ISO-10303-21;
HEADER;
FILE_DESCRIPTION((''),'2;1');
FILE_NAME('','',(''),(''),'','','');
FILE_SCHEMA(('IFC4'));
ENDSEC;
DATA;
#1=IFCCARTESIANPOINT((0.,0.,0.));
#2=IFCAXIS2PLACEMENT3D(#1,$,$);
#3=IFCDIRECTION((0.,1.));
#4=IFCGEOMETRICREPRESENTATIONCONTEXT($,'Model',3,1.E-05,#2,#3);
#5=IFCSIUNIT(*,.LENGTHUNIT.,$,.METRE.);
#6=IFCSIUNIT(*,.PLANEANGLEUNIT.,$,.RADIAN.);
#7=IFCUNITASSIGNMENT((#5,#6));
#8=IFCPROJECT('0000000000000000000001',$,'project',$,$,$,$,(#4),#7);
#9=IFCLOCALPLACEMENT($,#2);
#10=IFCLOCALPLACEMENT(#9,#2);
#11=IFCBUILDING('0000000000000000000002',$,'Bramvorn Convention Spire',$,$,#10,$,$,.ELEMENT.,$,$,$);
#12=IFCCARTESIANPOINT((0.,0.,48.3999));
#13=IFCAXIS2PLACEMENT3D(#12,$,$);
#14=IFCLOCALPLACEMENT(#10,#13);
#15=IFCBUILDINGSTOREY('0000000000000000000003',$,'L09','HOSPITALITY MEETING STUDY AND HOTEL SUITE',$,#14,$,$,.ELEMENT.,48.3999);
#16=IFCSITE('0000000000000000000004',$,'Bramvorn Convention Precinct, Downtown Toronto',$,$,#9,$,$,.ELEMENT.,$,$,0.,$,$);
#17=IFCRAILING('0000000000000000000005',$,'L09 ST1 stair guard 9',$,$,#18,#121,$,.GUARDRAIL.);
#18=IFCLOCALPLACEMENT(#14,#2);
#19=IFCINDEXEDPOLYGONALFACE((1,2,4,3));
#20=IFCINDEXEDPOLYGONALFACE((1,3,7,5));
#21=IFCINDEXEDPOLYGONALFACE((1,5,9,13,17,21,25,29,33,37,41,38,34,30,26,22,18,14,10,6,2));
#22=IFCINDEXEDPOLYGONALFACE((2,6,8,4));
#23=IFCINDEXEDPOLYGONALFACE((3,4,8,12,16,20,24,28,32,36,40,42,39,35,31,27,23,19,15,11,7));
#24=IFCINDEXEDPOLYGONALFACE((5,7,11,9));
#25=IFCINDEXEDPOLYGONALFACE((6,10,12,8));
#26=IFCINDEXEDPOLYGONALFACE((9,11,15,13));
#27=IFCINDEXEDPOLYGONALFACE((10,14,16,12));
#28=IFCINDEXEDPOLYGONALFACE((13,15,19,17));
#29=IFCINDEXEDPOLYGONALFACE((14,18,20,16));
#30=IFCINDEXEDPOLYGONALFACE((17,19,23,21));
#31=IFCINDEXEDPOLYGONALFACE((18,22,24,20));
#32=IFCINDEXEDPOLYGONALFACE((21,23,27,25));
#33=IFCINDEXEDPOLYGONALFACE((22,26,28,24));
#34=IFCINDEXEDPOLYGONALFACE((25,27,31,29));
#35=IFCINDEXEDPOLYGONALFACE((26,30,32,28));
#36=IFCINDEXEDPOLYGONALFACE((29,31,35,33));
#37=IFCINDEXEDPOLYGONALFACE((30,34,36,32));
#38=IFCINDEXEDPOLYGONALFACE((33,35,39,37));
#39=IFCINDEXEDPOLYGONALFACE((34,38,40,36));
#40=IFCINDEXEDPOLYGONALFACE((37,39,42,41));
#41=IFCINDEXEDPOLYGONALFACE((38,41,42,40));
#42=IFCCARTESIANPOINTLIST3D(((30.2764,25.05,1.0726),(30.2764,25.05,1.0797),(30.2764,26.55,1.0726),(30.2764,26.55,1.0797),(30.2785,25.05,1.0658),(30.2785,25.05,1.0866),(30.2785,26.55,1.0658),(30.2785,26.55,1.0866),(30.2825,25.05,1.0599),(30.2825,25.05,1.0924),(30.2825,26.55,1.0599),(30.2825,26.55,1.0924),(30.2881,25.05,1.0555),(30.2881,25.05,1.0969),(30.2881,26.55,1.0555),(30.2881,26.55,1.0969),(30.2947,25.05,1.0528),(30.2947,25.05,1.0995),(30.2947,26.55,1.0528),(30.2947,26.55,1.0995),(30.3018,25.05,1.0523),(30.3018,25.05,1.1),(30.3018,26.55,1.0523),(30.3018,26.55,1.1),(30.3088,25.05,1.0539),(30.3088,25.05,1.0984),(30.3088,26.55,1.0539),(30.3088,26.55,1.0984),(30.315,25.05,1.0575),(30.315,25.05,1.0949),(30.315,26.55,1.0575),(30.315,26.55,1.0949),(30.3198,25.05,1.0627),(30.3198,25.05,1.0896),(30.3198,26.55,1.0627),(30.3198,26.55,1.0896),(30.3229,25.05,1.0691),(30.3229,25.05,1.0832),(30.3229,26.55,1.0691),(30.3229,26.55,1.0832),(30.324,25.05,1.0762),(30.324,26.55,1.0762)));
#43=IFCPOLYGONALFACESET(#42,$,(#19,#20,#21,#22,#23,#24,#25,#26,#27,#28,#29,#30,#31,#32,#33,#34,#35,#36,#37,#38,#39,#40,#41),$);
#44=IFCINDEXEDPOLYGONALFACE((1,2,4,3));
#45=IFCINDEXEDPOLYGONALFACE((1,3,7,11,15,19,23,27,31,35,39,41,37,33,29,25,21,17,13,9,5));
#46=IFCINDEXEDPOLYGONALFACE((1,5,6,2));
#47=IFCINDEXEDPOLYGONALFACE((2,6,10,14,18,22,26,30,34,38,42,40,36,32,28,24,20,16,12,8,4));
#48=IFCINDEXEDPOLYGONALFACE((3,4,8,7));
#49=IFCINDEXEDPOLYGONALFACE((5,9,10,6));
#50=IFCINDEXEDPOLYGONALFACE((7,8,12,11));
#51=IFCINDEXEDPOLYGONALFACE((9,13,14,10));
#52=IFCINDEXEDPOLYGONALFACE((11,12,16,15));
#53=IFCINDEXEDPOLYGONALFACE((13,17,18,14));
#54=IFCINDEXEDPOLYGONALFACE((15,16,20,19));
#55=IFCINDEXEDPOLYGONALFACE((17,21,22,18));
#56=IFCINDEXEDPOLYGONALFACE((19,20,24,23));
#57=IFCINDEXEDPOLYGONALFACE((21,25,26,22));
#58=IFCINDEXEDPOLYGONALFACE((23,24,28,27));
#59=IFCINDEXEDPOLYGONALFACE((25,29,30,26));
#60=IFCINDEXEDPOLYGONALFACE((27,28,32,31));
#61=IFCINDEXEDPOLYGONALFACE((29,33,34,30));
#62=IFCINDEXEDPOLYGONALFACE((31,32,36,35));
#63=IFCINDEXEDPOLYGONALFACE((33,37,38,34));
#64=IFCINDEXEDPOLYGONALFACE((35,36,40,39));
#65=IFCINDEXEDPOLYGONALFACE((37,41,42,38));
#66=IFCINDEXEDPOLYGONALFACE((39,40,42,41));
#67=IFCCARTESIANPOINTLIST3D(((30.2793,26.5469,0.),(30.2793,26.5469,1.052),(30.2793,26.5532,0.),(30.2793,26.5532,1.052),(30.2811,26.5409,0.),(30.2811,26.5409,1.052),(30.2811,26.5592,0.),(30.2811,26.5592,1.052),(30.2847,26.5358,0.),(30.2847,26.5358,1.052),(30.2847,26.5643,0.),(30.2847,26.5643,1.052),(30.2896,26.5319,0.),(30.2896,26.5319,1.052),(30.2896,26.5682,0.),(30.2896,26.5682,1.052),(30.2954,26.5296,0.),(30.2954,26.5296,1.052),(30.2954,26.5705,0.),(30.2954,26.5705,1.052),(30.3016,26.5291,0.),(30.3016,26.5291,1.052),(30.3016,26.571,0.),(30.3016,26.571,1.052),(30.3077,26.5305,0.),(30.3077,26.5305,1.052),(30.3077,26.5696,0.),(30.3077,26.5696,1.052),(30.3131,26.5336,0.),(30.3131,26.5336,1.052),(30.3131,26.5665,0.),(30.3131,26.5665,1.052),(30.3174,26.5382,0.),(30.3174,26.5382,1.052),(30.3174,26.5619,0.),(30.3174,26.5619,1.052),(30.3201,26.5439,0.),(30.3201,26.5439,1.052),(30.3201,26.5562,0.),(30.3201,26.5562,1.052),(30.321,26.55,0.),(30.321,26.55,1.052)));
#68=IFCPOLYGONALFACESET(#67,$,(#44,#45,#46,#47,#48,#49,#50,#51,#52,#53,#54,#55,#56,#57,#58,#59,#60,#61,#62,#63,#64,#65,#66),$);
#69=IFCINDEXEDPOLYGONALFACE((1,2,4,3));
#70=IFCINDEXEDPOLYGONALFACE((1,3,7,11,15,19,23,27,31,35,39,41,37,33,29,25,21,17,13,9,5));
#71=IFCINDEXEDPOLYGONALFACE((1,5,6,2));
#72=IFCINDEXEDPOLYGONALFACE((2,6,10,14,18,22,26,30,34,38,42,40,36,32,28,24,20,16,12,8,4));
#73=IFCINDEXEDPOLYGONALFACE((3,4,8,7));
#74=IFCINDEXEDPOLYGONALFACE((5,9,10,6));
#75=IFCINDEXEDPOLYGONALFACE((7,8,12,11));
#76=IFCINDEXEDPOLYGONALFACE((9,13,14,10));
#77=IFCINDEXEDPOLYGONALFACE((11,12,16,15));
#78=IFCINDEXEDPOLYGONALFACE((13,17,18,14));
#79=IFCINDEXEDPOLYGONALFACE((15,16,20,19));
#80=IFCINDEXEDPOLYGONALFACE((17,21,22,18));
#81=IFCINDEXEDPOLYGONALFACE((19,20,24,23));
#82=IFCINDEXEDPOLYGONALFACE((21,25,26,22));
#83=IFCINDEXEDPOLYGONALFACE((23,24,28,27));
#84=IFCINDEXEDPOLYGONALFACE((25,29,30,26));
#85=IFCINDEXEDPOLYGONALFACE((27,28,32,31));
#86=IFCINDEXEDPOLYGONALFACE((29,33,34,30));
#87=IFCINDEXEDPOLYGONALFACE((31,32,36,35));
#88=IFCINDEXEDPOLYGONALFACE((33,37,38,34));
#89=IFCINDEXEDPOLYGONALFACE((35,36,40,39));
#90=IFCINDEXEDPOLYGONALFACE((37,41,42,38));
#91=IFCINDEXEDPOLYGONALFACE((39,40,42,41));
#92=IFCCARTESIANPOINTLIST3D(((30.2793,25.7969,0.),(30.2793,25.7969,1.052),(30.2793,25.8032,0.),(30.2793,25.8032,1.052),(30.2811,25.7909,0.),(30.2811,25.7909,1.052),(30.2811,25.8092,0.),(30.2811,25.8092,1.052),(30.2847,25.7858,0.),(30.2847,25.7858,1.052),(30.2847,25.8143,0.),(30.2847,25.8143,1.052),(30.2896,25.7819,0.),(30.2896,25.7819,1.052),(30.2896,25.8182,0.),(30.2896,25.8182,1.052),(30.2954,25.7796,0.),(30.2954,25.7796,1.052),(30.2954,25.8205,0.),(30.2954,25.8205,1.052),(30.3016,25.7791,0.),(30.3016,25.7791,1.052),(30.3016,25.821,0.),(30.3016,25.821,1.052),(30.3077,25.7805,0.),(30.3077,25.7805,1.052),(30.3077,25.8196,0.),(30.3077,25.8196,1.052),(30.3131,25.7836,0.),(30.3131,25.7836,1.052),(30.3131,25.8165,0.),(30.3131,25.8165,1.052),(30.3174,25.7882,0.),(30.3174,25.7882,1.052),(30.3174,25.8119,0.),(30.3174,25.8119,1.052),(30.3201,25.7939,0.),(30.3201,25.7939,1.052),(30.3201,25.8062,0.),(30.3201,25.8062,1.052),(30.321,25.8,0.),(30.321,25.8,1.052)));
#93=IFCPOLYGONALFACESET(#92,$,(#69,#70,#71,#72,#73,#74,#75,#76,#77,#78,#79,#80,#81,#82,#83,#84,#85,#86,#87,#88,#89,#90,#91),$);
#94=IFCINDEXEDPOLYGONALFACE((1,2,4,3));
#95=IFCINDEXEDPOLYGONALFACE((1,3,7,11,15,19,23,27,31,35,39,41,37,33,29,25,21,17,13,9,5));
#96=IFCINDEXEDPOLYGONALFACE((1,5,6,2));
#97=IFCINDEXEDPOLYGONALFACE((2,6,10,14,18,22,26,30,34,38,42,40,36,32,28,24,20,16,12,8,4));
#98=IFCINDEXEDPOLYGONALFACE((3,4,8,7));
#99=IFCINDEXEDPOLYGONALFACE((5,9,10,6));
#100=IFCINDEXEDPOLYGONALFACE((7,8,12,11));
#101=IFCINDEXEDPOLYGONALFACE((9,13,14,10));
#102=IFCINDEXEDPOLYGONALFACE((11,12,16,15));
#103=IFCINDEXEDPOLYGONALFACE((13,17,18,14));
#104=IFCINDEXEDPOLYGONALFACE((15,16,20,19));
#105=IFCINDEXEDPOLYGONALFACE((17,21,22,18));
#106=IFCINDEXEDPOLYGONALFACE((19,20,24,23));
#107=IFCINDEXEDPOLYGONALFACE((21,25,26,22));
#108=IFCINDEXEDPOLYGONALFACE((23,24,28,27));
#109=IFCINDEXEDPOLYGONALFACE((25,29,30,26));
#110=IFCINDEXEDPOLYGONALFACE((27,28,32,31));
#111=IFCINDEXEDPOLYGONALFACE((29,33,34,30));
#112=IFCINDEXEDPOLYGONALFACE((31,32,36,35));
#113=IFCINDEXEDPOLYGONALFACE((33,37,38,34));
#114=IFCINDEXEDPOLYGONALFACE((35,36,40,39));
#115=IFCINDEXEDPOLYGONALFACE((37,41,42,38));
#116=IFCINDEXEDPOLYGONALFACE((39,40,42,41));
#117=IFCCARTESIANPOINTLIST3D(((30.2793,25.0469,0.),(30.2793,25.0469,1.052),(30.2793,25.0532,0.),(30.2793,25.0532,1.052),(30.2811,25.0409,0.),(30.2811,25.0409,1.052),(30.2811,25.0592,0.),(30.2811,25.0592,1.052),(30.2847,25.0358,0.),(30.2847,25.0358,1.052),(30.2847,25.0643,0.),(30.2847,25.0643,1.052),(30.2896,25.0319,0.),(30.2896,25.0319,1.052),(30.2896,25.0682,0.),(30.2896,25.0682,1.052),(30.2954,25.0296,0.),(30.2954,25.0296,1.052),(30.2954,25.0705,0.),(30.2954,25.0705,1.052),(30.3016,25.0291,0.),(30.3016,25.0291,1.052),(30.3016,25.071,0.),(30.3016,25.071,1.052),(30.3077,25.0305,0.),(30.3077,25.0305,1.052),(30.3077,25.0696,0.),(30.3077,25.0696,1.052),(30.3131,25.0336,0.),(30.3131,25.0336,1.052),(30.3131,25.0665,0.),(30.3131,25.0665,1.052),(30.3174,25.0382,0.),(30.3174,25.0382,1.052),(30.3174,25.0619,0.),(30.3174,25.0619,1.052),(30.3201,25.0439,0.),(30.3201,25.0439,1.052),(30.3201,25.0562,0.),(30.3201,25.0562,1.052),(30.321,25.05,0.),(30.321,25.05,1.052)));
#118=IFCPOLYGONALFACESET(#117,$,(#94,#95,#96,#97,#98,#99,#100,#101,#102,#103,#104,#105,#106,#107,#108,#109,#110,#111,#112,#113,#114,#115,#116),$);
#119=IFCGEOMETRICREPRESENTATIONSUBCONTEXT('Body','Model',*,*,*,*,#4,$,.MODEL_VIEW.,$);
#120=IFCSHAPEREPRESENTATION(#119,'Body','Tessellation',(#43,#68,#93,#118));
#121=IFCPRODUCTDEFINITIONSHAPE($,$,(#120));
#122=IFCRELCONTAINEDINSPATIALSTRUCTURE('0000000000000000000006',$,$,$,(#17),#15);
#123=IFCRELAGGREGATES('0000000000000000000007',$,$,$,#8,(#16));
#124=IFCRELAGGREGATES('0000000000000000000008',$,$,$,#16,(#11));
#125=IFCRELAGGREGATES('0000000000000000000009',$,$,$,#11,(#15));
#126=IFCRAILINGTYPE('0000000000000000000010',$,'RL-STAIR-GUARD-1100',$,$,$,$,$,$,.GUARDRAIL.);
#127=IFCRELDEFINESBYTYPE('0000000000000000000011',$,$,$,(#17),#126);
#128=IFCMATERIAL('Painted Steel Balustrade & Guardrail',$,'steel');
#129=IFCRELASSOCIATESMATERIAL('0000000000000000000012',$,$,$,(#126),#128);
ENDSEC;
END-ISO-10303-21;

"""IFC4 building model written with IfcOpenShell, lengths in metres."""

from ifc_helpers import new_model, si_unit, direction, frame, origin, origin_2d, place, context, subcontext, project, spatial, circle, extrude, material, type_object, element, save


model = new_model("IFC4")

# Units and contexts
model_context = context("Model", 3, precision=1e-05, world=origin(), true_north=direction((0.0, 1.0)))
body_context = subcontext(model_context, "Body", "Model", "MODEL_VIEW")
ifc_project = project(units=[si_unit("LENGTHUNIT", "METRE"), si_unit("PLANEANGLEUNIT", "RADIAN")], contexts=[model_context])

# Site, building, storey
site_placement = place(None, origin())
site = spatial("IfcSite", under=ifc_project, at=site_placement, Name="Bramvorn Convention Precinct, Downtown Toronto", CompositionType="ELEMENT", RefElevation=0.0)
building_placement = place(site_placement, origin())
building = spatial("IfcBuilding", under=site, at=building_placement, Name="Bramvorn Convention Spire", CompositionType="ELEMENT")
storey_placement = place(building_placement, frame((0.0, 0.0, 48.3999)))
storey = spatial("IfcBuildingStorey", under=building, at=storey_placement, Name="L09", Description="HOSPITALITY MEETING STUDY AND HOTEL SUITE", CompositionType="ELEMENT", Elevation=48.3999)

# Railing
ifc_material_1 = material(Name="Painted Steel Balustrade & Guardrail", Category="steel")
railing_type = type_object("IfcRailingType", Name="RL-STAIR-GUARD-1100", PredefinedType="GUARDRAIL", material=ifc_material_1)
for number, where, name in (
    (1, (30.3, 26.55, 0.0), "L09 ST1 stair guard 9"),
):
    element("IfcRailing", number, at=place(storey_placement, frame(where)), inside=storey, type_object=railing_type, Name=name, PredefinedType="GUARDRAIL", context=body_context, shape_type="SweptSolid", body=[
        extrude(circle(Radius=0.0239, at=origin_2d()), frame((0.0, 0.0, 1.0762), z_axis=(0.0, -1.0, 0.0), x_axis=(1.0, 0.0, 0.0)), (0.0, 0.0, 1.0), 1.5),
        extrude(circle(Radius=0.021, at=origin_2d()), origin(), (0.0, 0.0, 1.0), 1.052),
        extrude(circle(Radius=0.021, at=origin_2d()), frame((0.0, -0.75, 0.0)), (0.0, 0.0, 1.0), 1.052),
        extrude(circle(Radius=0.021, at=origin_2d()), frame((0.0, -1.5, 0.0)), (0.0, 0.0, 1.0), 1.052),
    ])

save(model, "model.ifc")
